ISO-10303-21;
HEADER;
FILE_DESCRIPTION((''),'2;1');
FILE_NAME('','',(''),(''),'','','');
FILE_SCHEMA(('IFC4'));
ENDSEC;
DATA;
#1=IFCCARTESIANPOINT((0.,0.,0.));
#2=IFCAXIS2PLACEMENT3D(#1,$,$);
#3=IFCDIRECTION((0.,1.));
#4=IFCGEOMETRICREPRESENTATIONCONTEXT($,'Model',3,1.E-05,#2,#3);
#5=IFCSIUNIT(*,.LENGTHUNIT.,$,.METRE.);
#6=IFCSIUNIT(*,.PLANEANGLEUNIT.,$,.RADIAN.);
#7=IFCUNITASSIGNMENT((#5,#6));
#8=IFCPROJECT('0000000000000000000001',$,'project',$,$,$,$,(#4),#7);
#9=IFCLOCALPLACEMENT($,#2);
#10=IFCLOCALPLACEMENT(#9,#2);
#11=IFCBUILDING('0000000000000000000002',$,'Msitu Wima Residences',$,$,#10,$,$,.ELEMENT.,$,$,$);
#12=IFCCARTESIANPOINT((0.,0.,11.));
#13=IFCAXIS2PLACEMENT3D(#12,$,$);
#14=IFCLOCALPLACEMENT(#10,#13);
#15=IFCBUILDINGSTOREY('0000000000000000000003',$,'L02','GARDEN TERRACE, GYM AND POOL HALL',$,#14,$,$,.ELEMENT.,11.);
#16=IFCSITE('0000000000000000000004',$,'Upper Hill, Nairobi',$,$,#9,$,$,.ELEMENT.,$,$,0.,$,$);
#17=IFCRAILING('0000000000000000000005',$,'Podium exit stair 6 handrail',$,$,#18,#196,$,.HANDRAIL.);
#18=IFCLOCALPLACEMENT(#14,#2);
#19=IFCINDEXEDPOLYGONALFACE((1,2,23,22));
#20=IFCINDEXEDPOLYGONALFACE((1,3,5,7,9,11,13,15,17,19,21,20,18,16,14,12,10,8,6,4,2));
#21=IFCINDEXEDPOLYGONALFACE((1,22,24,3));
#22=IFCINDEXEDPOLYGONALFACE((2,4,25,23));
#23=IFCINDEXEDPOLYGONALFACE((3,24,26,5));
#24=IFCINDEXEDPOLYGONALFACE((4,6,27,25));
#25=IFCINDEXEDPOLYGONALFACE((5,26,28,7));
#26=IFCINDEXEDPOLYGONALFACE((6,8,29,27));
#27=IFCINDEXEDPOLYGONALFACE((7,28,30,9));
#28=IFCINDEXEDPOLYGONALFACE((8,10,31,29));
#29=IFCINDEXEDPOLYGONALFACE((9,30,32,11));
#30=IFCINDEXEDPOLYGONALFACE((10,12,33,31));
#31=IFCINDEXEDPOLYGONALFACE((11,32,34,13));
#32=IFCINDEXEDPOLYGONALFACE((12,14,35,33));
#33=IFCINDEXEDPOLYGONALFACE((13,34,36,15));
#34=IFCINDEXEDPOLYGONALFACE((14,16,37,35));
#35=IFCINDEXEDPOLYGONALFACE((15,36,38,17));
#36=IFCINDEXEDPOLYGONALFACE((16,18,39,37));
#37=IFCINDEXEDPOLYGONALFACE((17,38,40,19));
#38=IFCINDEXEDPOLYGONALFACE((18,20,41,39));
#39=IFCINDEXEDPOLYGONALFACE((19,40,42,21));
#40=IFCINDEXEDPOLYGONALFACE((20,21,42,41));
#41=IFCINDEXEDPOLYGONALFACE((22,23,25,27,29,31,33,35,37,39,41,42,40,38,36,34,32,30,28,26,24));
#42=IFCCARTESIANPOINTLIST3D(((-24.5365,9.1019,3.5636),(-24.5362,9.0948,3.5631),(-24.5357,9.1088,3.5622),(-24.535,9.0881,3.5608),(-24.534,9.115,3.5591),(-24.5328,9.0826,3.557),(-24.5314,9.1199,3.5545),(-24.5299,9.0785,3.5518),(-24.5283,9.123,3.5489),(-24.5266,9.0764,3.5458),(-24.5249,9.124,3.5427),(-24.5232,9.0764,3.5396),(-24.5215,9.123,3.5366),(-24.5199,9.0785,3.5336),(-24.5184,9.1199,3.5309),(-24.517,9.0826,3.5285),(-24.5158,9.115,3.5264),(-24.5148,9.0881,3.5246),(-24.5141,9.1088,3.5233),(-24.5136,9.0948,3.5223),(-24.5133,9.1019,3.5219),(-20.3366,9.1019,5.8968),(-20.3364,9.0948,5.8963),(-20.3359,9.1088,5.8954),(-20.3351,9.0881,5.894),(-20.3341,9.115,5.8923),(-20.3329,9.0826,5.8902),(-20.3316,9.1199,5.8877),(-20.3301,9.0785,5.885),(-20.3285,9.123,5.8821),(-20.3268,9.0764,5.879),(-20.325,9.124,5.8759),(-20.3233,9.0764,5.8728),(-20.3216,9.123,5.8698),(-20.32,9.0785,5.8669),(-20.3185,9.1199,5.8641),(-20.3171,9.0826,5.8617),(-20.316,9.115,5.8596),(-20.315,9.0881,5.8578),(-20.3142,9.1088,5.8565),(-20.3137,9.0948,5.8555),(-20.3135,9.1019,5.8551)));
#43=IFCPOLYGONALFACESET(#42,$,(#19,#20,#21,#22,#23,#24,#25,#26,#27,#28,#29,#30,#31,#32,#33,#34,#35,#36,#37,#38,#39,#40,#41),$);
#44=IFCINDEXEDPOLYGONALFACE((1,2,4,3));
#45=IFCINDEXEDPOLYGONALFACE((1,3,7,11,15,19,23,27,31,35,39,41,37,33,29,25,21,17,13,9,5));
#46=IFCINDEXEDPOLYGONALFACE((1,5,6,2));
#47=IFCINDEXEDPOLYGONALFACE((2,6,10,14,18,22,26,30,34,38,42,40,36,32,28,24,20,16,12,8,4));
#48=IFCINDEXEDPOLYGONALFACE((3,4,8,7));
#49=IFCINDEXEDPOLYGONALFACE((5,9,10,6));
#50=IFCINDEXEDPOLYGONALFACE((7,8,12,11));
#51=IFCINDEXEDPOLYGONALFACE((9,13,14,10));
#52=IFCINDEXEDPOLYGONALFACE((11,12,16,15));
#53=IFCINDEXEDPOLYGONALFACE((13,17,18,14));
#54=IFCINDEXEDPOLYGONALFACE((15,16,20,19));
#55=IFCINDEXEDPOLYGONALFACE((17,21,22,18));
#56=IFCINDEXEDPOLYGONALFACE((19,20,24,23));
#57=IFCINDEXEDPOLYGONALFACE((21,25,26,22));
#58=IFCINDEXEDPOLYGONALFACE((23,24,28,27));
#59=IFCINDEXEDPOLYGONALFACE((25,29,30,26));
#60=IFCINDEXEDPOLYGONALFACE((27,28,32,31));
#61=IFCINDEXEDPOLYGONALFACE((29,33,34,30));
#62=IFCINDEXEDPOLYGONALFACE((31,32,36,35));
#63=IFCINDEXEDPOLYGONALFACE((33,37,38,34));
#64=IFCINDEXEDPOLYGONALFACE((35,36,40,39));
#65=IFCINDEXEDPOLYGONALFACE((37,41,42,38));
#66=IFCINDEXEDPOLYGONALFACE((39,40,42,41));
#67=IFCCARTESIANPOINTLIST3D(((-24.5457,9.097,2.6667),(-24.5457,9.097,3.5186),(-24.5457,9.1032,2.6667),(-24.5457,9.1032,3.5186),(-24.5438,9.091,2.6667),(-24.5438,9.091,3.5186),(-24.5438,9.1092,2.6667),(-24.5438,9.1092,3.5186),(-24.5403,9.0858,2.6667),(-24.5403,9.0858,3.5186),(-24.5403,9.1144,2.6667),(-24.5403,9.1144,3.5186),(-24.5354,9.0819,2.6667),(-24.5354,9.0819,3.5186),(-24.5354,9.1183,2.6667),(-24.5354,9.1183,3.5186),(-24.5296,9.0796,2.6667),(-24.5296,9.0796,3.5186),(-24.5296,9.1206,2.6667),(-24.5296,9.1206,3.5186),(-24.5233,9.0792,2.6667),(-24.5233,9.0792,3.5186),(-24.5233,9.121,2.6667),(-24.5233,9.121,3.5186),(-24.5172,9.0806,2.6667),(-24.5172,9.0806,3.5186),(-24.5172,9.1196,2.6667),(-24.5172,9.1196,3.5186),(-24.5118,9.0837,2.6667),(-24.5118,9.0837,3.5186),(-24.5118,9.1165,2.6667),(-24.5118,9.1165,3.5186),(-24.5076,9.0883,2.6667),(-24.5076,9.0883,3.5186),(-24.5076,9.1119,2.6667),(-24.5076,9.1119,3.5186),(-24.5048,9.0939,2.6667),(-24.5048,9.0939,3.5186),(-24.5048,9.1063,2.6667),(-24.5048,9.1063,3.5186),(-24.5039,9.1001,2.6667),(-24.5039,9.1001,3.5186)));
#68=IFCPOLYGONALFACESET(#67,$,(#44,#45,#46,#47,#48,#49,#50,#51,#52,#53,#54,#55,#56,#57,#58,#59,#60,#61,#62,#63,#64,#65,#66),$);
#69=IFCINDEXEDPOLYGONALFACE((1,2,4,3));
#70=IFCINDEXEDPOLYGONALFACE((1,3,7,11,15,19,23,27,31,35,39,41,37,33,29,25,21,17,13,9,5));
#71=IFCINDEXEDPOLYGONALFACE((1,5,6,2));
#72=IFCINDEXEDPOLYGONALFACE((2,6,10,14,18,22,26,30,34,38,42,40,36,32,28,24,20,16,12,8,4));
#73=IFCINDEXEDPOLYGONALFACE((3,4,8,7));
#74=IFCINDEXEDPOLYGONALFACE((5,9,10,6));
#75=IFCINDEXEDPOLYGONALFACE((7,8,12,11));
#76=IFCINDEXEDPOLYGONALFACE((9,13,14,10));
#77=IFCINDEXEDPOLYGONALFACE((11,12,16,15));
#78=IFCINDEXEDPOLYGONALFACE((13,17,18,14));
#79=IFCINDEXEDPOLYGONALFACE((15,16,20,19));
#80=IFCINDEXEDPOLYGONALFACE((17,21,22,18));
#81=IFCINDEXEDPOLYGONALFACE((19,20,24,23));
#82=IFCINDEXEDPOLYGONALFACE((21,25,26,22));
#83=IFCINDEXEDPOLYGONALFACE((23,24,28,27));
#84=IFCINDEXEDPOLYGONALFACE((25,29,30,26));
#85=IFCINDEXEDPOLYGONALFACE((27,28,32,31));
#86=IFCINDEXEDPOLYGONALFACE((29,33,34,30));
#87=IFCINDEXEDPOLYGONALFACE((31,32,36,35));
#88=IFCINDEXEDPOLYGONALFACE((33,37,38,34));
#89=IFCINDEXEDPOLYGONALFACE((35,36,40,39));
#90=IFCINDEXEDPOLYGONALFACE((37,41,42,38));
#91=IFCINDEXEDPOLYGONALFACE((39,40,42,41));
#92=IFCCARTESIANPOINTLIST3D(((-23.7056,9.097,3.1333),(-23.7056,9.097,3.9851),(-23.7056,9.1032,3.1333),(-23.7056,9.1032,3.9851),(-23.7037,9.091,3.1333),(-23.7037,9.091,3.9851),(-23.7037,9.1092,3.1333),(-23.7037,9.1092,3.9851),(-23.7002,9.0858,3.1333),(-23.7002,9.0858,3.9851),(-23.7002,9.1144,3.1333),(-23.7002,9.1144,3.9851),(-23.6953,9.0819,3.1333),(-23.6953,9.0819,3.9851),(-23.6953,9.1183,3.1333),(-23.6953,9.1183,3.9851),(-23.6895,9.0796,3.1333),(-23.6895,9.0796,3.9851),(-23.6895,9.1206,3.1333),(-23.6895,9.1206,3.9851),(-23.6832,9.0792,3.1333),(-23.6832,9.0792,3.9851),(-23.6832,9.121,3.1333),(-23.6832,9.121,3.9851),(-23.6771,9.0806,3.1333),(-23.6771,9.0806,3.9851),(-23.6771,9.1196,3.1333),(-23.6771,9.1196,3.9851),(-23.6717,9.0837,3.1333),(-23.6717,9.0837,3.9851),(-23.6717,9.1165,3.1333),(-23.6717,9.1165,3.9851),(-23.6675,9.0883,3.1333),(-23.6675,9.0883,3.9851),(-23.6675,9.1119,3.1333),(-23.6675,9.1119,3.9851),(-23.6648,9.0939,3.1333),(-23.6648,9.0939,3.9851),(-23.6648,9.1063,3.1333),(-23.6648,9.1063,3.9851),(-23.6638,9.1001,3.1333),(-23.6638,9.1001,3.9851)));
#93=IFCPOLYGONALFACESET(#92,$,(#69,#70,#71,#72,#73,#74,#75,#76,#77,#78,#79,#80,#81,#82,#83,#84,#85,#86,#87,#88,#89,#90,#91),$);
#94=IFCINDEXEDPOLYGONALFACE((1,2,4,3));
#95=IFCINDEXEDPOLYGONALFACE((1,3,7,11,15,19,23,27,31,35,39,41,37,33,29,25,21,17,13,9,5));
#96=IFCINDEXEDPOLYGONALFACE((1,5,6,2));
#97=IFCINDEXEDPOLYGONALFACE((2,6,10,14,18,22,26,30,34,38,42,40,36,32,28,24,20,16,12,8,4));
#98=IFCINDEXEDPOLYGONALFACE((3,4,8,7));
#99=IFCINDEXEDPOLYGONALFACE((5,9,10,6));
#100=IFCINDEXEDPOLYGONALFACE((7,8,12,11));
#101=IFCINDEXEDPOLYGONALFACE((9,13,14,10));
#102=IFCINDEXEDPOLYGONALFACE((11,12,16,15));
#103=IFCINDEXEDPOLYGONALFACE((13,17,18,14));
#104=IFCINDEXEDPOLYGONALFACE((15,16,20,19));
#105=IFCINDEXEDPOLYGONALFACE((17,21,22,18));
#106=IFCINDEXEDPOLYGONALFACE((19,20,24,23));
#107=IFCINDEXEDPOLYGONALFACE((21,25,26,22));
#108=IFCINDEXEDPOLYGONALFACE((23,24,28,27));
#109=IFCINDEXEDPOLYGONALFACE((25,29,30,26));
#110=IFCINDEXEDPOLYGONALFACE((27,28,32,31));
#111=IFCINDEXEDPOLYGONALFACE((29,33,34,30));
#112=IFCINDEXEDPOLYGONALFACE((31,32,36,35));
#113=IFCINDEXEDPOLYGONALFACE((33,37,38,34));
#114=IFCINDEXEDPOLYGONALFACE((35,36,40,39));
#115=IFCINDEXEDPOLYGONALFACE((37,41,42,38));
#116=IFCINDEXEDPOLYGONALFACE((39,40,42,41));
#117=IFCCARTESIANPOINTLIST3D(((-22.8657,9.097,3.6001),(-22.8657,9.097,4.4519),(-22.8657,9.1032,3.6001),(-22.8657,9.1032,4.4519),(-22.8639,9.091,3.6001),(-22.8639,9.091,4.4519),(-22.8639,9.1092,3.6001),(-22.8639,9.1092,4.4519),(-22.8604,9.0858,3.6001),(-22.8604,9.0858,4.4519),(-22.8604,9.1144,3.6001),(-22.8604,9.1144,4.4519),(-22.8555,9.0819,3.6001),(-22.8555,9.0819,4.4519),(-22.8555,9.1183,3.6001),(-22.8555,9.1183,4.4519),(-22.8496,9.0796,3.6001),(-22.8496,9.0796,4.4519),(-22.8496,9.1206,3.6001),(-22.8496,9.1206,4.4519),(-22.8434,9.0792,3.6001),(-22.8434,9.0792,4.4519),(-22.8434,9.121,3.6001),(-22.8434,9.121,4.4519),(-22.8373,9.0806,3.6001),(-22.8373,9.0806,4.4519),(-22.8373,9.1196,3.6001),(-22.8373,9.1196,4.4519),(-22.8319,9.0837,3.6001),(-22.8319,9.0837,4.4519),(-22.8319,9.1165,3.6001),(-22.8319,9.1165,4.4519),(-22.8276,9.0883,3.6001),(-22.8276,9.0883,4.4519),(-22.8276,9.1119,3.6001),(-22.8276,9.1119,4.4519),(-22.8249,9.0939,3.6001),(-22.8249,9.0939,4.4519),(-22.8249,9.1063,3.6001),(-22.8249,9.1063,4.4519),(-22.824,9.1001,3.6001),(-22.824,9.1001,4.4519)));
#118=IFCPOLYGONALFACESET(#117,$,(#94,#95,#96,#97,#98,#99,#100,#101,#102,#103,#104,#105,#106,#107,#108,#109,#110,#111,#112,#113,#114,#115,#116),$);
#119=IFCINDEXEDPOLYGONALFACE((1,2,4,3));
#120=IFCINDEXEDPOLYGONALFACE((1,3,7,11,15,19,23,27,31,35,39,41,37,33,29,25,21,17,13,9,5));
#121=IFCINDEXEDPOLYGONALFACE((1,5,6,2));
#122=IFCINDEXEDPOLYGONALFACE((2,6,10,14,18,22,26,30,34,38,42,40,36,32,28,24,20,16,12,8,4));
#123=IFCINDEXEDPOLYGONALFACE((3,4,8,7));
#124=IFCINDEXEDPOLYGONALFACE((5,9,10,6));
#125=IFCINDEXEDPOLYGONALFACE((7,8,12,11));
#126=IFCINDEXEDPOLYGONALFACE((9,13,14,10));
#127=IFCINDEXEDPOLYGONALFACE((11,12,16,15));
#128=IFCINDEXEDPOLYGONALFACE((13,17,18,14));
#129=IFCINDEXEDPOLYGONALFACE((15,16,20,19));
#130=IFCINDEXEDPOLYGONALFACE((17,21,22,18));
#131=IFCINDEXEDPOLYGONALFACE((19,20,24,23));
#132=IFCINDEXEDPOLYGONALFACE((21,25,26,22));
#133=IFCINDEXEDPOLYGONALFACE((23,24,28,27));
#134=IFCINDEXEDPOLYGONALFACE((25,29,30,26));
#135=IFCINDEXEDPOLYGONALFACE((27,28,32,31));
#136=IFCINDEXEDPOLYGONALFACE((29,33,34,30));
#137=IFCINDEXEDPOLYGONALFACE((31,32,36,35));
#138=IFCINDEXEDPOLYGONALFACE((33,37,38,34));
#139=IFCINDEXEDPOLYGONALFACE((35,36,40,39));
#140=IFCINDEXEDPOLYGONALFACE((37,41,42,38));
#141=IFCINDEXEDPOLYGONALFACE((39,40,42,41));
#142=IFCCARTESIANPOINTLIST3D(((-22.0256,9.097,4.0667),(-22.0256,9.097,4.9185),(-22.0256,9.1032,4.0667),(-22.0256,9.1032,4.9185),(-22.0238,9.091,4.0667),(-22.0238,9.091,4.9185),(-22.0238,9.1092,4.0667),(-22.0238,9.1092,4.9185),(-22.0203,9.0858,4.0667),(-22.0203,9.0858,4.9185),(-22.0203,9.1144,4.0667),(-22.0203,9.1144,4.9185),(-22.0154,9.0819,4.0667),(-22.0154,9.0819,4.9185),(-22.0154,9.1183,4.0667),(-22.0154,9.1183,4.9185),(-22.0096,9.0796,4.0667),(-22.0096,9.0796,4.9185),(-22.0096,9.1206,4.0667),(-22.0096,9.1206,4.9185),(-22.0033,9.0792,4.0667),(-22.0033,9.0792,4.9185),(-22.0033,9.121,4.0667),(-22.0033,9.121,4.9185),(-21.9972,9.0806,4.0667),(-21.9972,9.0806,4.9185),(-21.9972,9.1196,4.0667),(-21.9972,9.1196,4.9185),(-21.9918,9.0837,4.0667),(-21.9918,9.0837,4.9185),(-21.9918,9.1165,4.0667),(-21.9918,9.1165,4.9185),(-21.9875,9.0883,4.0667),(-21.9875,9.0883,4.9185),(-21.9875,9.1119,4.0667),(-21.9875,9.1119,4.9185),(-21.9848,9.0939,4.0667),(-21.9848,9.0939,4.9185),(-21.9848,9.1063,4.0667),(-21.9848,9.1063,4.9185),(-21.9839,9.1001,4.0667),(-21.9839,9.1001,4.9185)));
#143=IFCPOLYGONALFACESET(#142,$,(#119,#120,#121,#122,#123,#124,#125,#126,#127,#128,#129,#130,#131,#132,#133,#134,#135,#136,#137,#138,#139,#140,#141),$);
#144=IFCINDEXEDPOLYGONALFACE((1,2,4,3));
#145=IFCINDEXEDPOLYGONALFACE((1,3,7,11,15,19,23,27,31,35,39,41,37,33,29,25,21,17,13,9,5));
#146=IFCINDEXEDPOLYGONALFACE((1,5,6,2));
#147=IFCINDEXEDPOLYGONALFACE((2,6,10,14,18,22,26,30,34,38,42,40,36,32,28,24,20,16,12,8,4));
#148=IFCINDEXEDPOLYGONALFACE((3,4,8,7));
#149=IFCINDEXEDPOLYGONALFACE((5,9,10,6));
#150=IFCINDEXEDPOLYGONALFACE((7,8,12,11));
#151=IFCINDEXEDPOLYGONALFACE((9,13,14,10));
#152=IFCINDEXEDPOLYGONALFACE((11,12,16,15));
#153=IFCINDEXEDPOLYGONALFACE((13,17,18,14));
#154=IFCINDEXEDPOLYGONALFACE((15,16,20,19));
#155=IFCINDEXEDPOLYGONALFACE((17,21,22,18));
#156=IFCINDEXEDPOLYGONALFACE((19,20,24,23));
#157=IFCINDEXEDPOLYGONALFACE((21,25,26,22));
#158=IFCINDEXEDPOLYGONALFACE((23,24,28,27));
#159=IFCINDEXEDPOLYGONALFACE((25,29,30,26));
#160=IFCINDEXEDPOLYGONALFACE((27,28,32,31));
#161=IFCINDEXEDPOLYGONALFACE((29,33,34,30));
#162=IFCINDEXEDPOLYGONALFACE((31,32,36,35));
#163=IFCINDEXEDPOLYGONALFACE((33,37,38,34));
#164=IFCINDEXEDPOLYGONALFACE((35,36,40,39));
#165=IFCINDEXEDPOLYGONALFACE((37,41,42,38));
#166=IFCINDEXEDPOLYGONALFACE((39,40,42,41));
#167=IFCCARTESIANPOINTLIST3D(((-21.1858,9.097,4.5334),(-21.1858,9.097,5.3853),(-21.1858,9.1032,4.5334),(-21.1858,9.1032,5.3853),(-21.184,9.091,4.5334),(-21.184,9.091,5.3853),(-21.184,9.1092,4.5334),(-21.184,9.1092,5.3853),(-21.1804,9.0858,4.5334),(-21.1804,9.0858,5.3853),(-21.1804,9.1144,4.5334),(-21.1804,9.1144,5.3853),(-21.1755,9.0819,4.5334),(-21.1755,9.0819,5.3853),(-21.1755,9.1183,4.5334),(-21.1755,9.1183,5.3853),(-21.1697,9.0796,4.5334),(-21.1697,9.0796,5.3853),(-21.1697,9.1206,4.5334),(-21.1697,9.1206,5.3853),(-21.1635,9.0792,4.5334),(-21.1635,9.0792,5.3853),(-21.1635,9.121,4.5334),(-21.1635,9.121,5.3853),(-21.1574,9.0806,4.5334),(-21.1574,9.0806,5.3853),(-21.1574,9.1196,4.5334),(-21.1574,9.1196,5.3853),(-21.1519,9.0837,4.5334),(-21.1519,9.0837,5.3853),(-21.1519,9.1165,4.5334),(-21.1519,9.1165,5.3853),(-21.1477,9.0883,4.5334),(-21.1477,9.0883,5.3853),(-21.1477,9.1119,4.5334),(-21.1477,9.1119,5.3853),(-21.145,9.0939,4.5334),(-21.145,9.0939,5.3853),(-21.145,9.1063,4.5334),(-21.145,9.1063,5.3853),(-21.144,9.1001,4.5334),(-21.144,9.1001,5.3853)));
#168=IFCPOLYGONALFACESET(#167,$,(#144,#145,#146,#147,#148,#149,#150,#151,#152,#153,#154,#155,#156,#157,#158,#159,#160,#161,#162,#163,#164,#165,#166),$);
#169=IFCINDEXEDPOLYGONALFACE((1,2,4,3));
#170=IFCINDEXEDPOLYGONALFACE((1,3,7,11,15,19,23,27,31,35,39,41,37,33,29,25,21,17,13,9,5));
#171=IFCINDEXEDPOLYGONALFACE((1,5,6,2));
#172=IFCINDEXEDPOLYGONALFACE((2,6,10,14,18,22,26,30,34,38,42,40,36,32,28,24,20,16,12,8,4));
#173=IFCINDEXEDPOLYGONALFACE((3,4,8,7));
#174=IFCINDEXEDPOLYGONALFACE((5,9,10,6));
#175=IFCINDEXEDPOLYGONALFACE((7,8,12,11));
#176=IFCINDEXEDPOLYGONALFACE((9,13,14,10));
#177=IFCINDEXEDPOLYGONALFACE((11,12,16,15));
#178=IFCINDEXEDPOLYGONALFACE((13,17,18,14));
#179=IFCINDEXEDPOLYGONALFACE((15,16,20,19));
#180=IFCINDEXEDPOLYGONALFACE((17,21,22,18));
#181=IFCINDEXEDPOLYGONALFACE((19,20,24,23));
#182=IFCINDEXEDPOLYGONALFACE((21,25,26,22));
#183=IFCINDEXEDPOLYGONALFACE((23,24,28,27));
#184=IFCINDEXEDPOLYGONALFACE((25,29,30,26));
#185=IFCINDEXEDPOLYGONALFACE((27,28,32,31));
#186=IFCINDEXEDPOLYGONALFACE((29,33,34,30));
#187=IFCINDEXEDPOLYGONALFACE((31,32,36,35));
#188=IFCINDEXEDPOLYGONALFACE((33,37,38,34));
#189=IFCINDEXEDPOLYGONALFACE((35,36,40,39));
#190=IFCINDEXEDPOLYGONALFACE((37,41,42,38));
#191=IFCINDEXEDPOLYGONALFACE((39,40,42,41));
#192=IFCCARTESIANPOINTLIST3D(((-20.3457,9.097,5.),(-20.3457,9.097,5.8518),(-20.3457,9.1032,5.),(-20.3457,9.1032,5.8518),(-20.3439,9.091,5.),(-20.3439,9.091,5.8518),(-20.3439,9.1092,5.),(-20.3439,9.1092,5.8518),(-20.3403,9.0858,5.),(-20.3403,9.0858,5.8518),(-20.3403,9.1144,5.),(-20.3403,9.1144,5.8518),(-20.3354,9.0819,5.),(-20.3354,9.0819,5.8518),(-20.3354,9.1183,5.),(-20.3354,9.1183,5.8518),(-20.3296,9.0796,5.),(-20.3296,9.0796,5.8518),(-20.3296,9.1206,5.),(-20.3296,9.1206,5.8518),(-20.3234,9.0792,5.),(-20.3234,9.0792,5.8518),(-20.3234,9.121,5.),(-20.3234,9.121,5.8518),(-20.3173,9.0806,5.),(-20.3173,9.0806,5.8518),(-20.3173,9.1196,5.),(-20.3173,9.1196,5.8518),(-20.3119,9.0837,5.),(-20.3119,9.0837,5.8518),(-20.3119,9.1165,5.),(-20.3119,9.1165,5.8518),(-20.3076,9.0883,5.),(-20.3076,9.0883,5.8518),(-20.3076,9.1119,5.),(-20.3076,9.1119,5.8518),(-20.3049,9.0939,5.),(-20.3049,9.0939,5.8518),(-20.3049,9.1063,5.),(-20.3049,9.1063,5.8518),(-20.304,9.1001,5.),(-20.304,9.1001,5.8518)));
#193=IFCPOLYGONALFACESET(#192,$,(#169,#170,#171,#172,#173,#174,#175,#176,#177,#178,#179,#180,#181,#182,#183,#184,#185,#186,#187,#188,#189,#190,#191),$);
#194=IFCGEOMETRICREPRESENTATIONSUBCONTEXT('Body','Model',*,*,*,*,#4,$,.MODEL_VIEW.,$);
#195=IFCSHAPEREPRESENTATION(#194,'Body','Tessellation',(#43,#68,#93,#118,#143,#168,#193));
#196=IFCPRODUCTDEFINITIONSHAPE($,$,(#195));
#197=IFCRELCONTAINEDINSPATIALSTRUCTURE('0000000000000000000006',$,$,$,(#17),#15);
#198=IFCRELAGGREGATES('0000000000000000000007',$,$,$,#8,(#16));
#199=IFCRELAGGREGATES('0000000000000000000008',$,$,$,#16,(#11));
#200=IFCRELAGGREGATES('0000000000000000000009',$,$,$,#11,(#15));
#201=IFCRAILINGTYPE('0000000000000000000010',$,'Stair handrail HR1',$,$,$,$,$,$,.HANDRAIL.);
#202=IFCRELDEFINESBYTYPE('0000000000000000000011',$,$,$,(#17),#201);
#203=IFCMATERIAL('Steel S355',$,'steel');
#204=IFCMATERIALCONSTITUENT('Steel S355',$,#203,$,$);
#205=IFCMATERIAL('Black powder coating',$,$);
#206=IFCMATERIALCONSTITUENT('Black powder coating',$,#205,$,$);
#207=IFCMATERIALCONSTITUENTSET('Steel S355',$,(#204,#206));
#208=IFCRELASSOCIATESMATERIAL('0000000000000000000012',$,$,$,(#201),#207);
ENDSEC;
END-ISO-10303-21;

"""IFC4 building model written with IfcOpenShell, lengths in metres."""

from ifc_helpers import new_model, si_unit, direction, frame, origin, origin_2d, place, context, subcontext, project, spatial, circle, extrude, material, constituent, constituent_set, type_object, element, save


model = new_model("IFC4")

# Units and contexts
model_context = context("Model", 3, precision=1e-05, world=origin(), true_north=direction((0.0, 1.0)))
body_context = subcontext(model_context, "Body", "Model", "MODEL_VIEW")
ifc_project = project(units=[si_unit("LENGTHUNIT", "METRE"), si_unit("PLANEANGLEUNIT", "RADIAN")], contexts=[model_context])

# Site, building, storey
site_placement = place(None, origin())
site = spatial("IfcSite", under=ifc_project, at=site_placement, Name="Upper Hill, Nairobi", CompositionType="ELEMENT", RefElevation=0.0)
building_placement = place(site_placement, origin())
building = spatial("IfcBuilding", under=site, at=building_placement, Name="Msitu Wima Residences", CompositionType="ELEMENT")
storey_placement = place(building_placement, frame((0.0, 0.0, 11.0)))
storey = spatial("IfcBuildingStorey", under=building, at=storey_placement, Name="L02", Description="GARDEN TERRACE, GYM AND POOL HALL", CompositionType="ELEMENT", Elevation=11.0)

# Railing
ifc_material_1 = material(Name="Steel S355", Category="steel")
ifc_constituent_1 = constituent(ifc_material_1, Name="Steel S355")
ifc_material_2 = material(Name="Black powder coating")
ifc_constituent_2 = constituent(ifc_material_2, Name="Black powder coating")
ifc_constituent_set = constituent_set(constituents=[ifc_constituent_1, ifc_constituent_2], Name="Steel S355")
railing_type = type_object("IfcRailingType", Name="Stair handrail HR1", PredefinedType="HANDRAIL", material=ifc_constituent_set)
for number, where, name in (
    (1, (-24.5249, 9.1001, 2.6667), "Podium exit stair 6 handrail"),
):
    element("IfcRailing", number, at=place(storey_placement, frame(where)), inside=storey, type_object=railing_type, Name=name, PredefinedType="HANDRAIL", context=body_context, shape_type="SweptSolid", body=[
        extrude(circle(Radius=0.0239, at=origin_2d()), frame((0.0, 0.0, 0.876), z_axis=(0.874162, 0.0, 0.485634), x_axis=(0.0, 1.0, 0.0)), (0.0, 0.0, 1.0), 4.8044),
        extrude(circle(Radius=0.021, at=origin_2d()), origin(), (0.0, 0.0, 1.0), 0.8518),
        extrude(circle(Radius=0.021, at=origin_2d()), frame((0.8401, 0.0, 0.4666)), (0.0, 0.0, 1.0), 0.8518),
        extrude(circle(Radius=0.021, at=origin_2d()), frame((1.6799, 0.0, 0.9333)), (0.0, 0.0, 1.0), 0.8518),
        extrude(circle(Radius=0.021, at=origin_2d()), frame((2.52, 0.0, 1.3999)), (0.0, 0.0, 1.0), 0.8518),
        extrude(circle(Radius=0.021, at=origin_2d()), frame((3.3599, 0.0, 1.8667)), (0.0, 0.0, 1.0), 0.8518),
        extrude(circle(Radius=0.021, at=origin_2d()), frame((4.2, 0.0, 2.3333)), (0.0, 0.0, 1.0), 0.8518),
    ])

save(model, "model.ifc")
